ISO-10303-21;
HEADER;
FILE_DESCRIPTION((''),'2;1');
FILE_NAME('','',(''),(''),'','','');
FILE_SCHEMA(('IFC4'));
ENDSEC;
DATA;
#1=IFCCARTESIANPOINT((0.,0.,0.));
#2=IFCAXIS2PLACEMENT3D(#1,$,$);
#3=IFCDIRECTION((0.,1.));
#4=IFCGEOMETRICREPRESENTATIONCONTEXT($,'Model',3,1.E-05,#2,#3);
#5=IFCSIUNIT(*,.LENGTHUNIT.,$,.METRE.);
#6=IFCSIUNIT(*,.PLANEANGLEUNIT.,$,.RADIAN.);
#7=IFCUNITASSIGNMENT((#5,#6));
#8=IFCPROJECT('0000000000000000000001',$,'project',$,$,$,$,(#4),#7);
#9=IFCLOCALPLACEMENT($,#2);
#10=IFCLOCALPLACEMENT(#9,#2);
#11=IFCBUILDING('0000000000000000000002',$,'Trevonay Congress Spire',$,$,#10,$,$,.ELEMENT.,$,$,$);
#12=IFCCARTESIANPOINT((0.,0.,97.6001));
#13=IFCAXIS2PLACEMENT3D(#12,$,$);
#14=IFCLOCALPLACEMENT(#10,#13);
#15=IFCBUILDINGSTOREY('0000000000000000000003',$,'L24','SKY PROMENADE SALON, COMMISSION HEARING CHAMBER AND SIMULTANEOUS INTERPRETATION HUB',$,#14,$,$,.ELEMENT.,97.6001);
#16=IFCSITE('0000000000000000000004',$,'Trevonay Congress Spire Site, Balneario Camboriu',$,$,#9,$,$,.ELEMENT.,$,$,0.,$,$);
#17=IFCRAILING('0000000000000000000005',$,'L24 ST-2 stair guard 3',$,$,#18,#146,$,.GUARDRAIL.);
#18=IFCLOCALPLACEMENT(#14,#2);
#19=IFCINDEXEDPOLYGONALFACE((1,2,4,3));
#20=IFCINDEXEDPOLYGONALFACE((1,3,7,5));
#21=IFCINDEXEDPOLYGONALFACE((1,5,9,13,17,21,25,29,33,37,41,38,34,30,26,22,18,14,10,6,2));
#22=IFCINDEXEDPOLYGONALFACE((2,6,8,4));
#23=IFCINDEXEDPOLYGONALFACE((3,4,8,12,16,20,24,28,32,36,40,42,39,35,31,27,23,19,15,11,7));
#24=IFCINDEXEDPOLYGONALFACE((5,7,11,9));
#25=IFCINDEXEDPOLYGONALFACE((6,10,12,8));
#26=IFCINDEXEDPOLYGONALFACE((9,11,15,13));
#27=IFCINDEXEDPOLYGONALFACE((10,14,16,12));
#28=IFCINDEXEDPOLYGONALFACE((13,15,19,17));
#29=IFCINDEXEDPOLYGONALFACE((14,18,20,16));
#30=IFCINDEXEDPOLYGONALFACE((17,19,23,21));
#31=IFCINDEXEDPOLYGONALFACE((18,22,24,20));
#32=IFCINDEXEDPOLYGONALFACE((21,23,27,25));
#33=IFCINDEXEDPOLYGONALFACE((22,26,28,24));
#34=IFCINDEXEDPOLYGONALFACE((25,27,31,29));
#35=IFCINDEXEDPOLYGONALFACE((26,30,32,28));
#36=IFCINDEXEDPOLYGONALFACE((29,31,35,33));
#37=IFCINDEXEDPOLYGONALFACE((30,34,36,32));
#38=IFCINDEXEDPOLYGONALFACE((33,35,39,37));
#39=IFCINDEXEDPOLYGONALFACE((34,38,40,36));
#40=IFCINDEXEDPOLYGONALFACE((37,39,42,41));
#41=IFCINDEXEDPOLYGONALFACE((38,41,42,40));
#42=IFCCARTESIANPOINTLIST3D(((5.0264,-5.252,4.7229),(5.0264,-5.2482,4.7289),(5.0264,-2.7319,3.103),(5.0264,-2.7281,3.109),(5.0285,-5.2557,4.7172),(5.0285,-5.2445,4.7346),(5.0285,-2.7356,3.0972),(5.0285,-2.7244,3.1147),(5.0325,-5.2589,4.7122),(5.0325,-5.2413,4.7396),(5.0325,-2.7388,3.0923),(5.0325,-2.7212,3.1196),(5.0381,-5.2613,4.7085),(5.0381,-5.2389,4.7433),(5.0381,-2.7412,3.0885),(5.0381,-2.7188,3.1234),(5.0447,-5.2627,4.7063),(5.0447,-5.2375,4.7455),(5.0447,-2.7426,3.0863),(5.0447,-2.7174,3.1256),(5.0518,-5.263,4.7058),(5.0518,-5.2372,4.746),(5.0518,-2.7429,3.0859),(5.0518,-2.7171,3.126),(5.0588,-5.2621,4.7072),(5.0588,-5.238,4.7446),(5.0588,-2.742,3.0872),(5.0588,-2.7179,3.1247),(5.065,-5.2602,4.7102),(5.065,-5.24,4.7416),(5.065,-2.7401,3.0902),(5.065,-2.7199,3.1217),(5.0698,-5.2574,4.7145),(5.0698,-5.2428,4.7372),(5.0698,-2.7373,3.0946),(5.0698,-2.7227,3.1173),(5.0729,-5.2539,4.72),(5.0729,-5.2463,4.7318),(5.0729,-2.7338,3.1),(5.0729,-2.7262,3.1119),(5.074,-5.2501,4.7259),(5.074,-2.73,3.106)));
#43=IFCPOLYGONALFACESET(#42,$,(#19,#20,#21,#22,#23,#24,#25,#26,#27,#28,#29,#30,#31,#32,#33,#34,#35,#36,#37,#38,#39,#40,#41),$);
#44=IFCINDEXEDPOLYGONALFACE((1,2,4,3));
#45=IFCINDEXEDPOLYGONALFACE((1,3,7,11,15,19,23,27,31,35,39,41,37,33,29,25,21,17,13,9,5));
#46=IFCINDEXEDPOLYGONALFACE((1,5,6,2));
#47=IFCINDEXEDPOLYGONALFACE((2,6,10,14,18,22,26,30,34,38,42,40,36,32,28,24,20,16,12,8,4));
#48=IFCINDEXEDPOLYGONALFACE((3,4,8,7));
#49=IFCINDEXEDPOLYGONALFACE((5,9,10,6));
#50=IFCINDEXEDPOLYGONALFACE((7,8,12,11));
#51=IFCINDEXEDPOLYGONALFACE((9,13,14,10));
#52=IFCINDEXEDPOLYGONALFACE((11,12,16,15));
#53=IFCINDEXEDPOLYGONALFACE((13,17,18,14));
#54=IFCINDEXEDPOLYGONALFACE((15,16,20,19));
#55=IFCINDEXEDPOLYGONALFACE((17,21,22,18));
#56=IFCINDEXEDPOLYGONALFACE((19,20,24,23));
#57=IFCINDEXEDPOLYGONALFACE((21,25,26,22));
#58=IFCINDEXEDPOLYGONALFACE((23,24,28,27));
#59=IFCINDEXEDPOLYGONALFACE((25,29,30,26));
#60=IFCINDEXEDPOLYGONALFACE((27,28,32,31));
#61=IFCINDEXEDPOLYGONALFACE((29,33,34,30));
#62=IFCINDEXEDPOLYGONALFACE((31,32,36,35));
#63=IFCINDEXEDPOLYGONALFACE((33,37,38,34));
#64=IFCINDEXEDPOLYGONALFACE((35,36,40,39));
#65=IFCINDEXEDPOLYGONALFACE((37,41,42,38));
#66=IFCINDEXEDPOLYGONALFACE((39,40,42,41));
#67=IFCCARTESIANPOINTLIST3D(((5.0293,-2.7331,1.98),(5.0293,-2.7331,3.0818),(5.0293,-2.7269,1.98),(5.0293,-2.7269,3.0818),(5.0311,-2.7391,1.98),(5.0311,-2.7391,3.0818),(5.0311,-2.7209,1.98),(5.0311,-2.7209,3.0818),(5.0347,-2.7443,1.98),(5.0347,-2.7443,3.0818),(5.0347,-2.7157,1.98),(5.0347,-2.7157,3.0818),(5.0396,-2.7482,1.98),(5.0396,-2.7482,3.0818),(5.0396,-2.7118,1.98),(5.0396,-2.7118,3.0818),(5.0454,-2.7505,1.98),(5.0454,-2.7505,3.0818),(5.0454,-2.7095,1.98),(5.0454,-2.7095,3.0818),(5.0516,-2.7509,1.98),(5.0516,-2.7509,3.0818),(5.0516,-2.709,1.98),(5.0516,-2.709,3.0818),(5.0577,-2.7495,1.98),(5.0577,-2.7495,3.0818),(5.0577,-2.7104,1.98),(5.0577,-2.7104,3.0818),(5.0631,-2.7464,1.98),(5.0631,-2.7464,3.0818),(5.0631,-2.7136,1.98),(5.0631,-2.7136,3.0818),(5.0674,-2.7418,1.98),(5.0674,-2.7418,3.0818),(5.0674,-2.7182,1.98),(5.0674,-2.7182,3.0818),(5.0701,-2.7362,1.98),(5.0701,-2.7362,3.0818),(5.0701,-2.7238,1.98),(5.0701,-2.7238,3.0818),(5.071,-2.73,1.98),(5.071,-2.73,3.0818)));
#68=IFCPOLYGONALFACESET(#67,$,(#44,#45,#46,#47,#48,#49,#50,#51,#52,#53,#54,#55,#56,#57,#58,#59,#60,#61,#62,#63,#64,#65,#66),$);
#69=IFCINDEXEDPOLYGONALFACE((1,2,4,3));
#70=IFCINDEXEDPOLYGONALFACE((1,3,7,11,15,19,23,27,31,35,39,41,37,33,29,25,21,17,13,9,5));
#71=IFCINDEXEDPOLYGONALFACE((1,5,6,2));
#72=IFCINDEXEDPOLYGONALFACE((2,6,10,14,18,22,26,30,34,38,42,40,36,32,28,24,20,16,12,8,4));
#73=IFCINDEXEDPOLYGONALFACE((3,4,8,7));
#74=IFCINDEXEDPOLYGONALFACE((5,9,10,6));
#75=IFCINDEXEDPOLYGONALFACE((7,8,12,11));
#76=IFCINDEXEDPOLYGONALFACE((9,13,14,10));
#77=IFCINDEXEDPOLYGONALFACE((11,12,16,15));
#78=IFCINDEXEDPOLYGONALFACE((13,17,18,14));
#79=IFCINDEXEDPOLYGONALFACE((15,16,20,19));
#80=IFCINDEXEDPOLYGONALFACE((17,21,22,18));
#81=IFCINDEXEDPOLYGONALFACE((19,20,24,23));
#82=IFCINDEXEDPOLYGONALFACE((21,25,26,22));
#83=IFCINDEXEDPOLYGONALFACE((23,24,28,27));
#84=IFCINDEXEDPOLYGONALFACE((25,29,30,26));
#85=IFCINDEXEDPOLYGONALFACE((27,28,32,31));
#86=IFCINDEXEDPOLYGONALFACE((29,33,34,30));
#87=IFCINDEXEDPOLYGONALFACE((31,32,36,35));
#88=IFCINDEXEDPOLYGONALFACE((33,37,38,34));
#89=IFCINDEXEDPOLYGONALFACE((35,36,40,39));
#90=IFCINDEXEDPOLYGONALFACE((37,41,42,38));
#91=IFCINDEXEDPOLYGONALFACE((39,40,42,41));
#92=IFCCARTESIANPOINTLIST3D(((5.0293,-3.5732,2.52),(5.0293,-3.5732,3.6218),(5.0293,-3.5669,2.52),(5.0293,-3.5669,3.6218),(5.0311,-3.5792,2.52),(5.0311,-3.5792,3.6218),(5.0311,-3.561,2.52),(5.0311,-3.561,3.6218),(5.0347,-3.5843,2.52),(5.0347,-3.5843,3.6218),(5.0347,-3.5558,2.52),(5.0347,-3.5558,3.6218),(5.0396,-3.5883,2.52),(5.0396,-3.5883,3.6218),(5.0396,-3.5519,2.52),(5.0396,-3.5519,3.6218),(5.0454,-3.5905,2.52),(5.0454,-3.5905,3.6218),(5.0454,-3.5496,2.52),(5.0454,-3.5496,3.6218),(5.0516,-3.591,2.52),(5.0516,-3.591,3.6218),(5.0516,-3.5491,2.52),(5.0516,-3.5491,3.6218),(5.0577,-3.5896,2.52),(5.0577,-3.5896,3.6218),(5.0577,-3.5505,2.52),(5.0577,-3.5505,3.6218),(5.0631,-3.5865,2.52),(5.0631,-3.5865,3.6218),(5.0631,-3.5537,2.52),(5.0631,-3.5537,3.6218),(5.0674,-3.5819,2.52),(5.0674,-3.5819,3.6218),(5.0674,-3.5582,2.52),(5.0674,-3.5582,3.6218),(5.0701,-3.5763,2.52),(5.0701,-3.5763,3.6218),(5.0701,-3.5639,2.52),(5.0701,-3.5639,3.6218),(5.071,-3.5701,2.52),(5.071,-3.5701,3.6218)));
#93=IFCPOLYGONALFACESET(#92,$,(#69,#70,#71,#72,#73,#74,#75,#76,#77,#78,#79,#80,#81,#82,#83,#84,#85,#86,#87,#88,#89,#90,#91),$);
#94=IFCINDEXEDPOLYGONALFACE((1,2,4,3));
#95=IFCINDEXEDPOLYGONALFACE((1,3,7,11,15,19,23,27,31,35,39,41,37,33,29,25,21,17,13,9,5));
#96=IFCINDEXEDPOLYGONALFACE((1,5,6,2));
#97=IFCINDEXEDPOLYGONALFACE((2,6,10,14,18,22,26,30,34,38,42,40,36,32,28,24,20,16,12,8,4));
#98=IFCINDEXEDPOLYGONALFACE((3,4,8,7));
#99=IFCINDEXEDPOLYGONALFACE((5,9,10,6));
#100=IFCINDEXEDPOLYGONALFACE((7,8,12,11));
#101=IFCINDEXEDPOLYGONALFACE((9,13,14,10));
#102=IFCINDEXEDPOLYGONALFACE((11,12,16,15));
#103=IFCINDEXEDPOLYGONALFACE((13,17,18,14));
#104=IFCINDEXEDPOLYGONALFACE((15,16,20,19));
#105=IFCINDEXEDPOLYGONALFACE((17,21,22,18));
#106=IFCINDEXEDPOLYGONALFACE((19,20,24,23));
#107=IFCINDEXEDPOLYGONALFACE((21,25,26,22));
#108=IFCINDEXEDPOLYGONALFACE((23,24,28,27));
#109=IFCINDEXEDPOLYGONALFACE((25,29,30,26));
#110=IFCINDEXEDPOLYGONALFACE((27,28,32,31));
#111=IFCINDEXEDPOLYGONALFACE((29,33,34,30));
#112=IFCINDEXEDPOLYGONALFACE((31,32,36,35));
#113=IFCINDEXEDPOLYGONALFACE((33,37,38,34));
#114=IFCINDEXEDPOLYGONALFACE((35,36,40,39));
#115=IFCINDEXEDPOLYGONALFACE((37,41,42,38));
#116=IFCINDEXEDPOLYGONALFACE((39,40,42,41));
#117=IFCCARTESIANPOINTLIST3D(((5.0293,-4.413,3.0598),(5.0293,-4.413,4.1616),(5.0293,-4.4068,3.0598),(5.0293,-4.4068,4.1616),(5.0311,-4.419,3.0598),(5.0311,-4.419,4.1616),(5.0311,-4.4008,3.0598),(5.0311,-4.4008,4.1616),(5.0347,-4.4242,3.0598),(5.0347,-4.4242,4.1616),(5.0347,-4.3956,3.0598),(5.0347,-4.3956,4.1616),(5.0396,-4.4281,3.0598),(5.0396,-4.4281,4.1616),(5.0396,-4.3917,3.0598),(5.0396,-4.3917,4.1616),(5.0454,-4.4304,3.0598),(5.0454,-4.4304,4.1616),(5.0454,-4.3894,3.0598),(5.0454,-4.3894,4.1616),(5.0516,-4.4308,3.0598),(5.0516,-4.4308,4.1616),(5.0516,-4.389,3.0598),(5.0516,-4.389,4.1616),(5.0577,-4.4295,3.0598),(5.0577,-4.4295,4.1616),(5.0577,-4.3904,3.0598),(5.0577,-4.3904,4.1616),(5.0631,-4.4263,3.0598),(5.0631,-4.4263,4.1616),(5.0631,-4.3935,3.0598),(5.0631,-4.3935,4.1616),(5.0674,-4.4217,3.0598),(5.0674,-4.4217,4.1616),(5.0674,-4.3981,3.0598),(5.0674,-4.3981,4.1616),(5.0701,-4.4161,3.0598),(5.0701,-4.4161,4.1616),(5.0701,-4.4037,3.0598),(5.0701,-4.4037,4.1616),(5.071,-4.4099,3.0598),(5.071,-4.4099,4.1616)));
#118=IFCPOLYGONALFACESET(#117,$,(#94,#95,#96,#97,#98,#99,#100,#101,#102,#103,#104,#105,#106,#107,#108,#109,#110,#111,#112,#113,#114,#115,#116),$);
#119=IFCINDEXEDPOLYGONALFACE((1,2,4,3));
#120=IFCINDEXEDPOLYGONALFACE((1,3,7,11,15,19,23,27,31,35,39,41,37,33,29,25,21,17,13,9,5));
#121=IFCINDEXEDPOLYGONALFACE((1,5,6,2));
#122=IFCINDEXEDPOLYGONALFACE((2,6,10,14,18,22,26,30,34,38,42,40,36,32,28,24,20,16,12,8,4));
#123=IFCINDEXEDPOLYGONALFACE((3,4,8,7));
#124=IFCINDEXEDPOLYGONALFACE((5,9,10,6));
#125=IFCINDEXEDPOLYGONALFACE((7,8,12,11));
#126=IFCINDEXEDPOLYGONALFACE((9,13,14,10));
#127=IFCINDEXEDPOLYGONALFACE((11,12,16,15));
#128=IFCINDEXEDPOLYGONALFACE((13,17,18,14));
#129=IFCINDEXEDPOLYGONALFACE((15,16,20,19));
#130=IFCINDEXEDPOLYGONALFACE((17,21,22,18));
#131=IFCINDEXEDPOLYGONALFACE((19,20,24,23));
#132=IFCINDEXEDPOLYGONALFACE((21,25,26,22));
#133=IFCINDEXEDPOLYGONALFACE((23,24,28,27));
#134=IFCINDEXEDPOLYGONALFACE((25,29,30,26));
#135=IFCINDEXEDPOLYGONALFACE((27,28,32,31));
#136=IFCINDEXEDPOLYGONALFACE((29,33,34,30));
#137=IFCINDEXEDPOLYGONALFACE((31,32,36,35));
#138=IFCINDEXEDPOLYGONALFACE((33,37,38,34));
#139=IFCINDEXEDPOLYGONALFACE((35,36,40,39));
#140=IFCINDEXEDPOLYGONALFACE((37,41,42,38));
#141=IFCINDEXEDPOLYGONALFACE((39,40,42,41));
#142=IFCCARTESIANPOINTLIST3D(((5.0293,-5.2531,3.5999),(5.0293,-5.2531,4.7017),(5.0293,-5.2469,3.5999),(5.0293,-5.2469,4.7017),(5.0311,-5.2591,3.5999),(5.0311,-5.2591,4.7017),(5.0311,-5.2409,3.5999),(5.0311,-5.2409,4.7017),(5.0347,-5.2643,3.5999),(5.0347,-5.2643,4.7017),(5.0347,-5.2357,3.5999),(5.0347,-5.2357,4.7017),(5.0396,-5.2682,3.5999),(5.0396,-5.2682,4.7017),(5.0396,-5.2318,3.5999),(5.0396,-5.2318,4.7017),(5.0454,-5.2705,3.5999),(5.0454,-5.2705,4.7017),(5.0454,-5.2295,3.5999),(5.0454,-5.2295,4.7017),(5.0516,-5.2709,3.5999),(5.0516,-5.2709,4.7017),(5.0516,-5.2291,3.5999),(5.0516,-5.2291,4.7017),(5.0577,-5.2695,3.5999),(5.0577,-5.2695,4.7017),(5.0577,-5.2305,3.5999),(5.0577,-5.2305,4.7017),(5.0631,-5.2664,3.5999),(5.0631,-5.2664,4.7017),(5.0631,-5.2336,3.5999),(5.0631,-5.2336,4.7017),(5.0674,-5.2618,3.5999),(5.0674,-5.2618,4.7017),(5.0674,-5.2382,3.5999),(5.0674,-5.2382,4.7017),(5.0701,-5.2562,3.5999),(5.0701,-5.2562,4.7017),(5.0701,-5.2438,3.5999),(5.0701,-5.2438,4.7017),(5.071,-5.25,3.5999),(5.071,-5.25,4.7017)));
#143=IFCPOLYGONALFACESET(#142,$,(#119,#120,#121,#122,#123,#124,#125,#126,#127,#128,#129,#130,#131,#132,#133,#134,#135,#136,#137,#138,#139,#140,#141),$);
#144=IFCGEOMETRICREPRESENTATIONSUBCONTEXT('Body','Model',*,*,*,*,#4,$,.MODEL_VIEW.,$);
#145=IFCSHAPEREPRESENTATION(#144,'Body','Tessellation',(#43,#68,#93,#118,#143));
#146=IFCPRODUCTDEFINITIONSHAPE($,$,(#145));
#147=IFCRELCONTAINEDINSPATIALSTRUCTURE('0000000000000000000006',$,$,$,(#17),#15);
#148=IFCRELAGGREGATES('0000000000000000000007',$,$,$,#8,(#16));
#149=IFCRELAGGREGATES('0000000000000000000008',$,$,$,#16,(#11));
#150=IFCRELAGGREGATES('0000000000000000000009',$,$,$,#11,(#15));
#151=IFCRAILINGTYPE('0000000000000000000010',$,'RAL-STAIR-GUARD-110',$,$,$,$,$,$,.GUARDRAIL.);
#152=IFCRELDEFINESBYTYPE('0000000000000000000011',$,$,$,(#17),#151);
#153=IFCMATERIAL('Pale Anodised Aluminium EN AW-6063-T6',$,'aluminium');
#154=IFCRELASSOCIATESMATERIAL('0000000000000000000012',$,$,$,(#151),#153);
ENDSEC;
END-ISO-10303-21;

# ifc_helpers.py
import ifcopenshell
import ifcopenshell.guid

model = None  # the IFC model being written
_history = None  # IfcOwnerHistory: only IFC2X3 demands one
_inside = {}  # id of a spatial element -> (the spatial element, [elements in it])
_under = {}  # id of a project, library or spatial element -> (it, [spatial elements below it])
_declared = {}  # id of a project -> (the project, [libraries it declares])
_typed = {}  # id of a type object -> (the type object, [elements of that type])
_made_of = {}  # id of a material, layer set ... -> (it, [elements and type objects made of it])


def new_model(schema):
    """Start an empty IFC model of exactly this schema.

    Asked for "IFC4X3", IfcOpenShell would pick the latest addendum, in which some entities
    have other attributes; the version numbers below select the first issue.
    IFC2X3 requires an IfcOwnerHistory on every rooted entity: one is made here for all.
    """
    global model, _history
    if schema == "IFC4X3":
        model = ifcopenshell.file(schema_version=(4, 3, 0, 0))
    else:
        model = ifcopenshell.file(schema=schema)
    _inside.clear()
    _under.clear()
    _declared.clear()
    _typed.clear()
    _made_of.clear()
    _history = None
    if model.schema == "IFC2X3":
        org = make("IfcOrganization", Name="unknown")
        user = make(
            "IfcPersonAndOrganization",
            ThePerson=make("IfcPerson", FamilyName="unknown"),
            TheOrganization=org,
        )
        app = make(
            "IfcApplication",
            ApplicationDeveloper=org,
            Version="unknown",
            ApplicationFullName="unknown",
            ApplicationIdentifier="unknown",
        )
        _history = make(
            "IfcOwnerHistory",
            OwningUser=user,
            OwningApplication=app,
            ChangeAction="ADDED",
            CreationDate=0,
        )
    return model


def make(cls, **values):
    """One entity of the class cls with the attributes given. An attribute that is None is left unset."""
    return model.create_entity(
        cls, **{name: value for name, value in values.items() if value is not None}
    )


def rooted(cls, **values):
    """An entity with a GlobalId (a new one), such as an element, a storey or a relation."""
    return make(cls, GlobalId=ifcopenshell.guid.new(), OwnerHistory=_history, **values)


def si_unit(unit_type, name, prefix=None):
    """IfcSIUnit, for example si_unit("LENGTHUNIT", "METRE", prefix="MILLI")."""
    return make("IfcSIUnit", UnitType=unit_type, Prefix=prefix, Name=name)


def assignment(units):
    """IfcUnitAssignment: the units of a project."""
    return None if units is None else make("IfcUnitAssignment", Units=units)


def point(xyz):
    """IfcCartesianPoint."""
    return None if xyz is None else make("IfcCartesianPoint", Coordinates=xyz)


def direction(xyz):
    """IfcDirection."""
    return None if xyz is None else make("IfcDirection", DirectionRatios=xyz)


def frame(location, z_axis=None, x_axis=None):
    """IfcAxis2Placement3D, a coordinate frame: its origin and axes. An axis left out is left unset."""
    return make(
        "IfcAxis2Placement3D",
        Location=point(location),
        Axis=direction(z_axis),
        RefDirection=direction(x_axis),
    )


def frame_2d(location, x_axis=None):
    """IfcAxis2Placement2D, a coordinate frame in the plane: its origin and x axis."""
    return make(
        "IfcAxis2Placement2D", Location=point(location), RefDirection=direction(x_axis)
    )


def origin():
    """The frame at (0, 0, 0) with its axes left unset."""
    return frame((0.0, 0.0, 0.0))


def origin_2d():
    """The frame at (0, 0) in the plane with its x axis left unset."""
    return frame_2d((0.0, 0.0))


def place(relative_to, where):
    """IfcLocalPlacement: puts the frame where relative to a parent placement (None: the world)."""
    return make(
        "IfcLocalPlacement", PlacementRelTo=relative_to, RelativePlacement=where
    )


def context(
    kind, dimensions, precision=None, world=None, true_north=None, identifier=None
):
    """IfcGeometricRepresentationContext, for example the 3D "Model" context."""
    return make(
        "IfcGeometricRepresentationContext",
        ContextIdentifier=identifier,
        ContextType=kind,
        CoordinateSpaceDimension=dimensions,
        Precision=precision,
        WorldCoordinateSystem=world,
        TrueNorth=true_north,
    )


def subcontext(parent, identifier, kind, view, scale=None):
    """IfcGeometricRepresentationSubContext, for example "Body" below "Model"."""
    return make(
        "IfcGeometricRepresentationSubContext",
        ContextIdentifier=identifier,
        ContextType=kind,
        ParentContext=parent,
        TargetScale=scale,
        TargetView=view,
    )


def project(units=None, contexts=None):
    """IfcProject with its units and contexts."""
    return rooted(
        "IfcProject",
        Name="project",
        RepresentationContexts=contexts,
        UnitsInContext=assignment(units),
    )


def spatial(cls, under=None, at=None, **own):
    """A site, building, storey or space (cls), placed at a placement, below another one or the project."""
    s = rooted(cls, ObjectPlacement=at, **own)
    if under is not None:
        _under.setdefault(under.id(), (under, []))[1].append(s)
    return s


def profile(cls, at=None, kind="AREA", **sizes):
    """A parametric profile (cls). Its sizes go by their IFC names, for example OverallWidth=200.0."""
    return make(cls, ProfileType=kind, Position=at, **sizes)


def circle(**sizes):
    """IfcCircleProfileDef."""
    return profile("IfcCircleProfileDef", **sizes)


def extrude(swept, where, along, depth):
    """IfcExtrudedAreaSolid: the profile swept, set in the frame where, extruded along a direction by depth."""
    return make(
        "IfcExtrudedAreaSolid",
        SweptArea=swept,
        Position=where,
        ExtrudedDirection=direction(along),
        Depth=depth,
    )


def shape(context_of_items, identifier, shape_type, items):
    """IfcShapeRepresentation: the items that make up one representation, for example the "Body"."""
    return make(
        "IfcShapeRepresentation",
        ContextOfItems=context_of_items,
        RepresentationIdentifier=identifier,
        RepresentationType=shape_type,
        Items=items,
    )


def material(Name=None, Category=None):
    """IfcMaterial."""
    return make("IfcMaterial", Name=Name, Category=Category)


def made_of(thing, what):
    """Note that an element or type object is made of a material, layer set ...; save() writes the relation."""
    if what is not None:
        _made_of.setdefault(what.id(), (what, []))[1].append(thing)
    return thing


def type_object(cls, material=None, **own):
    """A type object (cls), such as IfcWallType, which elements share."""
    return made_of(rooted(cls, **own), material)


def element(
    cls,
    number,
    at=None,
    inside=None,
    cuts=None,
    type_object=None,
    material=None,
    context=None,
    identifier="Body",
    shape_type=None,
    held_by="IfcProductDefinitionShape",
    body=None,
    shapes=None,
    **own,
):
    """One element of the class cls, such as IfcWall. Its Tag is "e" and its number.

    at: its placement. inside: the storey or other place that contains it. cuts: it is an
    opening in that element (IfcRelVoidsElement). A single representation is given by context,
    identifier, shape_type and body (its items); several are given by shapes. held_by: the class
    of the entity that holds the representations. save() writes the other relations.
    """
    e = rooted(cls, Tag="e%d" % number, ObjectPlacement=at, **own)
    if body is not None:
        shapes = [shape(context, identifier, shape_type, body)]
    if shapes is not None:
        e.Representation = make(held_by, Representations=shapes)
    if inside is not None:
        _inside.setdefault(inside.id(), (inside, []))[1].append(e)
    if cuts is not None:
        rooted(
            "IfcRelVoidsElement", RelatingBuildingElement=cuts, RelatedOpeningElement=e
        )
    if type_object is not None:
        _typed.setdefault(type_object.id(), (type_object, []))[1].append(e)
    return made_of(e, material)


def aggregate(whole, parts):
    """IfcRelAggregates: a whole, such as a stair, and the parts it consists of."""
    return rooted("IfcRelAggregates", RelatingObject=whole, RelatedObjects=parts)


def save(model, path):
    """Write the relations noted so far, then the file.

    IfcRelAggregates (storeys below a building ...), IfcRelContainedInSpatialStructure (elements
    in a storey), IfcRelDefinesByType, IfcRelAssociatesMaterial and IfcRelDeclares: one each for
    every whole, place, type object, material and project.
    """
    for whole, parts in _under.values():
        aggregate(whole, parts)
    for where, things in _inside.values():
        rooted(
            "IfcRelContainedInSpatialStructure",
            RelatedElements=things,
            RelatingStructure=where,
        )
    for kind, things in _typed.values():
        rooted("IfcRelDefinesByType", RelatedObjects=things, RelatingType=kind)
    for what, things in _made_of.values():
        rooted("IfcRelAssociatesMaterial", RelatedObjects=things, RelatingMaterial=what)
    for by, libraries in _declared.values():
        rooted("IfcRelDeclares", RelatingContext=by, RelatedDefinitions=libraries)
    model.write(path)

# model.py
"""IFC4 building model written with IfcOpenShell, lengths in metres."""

from ifc_helpers import new_model, si_unit, direction, frame, origin, origin_2d, place, context, subcontext, project, spatial, circle, extrude, material, type_object, element, save


model = new_model("IFC4")

# Units and contexts
model_context = context("Model", 3, precision=1e-05, world=origin(), true_north=direction((0.0, 1.0)))
body_context = subcontext(model_context, "Body", "Model", "MODEL_VIEW")
ifc_project = project(units=[si_unit("LENGTHUNIT", "METRE"), si_unit("PLANEANGLEUNIT", "RADIAN")], contexts=[model_context])

# Site, building, storey
site_placement = place(None, origin())
site = spatial("IfcSite", under=ifc_project, at=site_placement, Name="Trevonay Congress Spire Site, Balneario Camboriu", CompositionType="ELEMENT", RefElevation=0.0)
building_placement = place(site_placement, origin())
building = spatial("IfcBuilding", under=site, at=building_placement, Name="Trevonay Congress Spire", CompositionType="ELEMENT")
storey_placement = place(building_placement, frame((0.0, 0.0, 97.6001)))
storey = spatial("IfcBuildingStorey", under=building, at=storey_placement, Name="L24", Description="SKY PROMENADE SALON, COMMISSION HEARING CHAMBER AND SIMULTANEOUS INTERPRETATION HUB", CompositionType="ELEMENT", Elevation=97.6001)

# Railing
ifc_material_1 = material(Name="Pale Anodised Aluminium EN AW-6063-T6", Category="aluminium")
railing_type_1 = type_object("IfcRailingType", Name="RAL-STAIR-GUARD-110", PredefinedType="GUARDRAIL", material=ifc_material_1)
railing_1_placement = place(storey_placement, frame((5.05, -2.73, 1.98)))
element("IfcRailing", 1, at=railing_1_placement, inside=storey, type_object=railing_type_1, Name="L24 ST-2 stair guard 3", PredefinedType="GUARDRAIL", context=body_context, shape_type="SweptSolid", body=[
    extrude(circle(Radius=0.0239, at=origin_2d()), frame((0.0, 0.0, 1.126), z_axis=(0.0, -0.8412, 0.540725), x_axis=(1.0, 0.0, 0.0)), (0.0, 0.0, 1.0), 2.9958),
    extrude(circle(Radius=0.021, at=origin_2d()), origin(), (0.0, 0.0, 1.0), 1.1018),
    extrude(circle(Radius=0.021, at=origin_2d()), frame((0.0, -0.8401, 0.54)), (0.0, 0.0, 1.0), 1.1018),
    extrude(circle(Radius=0.021, at=origin_2d()), frame((0.0, -1.6799, 1.0798)), (0.0, 0.0, 1.0), 1.1018),
    extrude(circle(Radius=0.021, at=origin_2d()), frame((0.0, -2.52, 1.6199)), (0.0, 0.0, 1.0), 1.1018),
])

save(model, "model.ifc")
